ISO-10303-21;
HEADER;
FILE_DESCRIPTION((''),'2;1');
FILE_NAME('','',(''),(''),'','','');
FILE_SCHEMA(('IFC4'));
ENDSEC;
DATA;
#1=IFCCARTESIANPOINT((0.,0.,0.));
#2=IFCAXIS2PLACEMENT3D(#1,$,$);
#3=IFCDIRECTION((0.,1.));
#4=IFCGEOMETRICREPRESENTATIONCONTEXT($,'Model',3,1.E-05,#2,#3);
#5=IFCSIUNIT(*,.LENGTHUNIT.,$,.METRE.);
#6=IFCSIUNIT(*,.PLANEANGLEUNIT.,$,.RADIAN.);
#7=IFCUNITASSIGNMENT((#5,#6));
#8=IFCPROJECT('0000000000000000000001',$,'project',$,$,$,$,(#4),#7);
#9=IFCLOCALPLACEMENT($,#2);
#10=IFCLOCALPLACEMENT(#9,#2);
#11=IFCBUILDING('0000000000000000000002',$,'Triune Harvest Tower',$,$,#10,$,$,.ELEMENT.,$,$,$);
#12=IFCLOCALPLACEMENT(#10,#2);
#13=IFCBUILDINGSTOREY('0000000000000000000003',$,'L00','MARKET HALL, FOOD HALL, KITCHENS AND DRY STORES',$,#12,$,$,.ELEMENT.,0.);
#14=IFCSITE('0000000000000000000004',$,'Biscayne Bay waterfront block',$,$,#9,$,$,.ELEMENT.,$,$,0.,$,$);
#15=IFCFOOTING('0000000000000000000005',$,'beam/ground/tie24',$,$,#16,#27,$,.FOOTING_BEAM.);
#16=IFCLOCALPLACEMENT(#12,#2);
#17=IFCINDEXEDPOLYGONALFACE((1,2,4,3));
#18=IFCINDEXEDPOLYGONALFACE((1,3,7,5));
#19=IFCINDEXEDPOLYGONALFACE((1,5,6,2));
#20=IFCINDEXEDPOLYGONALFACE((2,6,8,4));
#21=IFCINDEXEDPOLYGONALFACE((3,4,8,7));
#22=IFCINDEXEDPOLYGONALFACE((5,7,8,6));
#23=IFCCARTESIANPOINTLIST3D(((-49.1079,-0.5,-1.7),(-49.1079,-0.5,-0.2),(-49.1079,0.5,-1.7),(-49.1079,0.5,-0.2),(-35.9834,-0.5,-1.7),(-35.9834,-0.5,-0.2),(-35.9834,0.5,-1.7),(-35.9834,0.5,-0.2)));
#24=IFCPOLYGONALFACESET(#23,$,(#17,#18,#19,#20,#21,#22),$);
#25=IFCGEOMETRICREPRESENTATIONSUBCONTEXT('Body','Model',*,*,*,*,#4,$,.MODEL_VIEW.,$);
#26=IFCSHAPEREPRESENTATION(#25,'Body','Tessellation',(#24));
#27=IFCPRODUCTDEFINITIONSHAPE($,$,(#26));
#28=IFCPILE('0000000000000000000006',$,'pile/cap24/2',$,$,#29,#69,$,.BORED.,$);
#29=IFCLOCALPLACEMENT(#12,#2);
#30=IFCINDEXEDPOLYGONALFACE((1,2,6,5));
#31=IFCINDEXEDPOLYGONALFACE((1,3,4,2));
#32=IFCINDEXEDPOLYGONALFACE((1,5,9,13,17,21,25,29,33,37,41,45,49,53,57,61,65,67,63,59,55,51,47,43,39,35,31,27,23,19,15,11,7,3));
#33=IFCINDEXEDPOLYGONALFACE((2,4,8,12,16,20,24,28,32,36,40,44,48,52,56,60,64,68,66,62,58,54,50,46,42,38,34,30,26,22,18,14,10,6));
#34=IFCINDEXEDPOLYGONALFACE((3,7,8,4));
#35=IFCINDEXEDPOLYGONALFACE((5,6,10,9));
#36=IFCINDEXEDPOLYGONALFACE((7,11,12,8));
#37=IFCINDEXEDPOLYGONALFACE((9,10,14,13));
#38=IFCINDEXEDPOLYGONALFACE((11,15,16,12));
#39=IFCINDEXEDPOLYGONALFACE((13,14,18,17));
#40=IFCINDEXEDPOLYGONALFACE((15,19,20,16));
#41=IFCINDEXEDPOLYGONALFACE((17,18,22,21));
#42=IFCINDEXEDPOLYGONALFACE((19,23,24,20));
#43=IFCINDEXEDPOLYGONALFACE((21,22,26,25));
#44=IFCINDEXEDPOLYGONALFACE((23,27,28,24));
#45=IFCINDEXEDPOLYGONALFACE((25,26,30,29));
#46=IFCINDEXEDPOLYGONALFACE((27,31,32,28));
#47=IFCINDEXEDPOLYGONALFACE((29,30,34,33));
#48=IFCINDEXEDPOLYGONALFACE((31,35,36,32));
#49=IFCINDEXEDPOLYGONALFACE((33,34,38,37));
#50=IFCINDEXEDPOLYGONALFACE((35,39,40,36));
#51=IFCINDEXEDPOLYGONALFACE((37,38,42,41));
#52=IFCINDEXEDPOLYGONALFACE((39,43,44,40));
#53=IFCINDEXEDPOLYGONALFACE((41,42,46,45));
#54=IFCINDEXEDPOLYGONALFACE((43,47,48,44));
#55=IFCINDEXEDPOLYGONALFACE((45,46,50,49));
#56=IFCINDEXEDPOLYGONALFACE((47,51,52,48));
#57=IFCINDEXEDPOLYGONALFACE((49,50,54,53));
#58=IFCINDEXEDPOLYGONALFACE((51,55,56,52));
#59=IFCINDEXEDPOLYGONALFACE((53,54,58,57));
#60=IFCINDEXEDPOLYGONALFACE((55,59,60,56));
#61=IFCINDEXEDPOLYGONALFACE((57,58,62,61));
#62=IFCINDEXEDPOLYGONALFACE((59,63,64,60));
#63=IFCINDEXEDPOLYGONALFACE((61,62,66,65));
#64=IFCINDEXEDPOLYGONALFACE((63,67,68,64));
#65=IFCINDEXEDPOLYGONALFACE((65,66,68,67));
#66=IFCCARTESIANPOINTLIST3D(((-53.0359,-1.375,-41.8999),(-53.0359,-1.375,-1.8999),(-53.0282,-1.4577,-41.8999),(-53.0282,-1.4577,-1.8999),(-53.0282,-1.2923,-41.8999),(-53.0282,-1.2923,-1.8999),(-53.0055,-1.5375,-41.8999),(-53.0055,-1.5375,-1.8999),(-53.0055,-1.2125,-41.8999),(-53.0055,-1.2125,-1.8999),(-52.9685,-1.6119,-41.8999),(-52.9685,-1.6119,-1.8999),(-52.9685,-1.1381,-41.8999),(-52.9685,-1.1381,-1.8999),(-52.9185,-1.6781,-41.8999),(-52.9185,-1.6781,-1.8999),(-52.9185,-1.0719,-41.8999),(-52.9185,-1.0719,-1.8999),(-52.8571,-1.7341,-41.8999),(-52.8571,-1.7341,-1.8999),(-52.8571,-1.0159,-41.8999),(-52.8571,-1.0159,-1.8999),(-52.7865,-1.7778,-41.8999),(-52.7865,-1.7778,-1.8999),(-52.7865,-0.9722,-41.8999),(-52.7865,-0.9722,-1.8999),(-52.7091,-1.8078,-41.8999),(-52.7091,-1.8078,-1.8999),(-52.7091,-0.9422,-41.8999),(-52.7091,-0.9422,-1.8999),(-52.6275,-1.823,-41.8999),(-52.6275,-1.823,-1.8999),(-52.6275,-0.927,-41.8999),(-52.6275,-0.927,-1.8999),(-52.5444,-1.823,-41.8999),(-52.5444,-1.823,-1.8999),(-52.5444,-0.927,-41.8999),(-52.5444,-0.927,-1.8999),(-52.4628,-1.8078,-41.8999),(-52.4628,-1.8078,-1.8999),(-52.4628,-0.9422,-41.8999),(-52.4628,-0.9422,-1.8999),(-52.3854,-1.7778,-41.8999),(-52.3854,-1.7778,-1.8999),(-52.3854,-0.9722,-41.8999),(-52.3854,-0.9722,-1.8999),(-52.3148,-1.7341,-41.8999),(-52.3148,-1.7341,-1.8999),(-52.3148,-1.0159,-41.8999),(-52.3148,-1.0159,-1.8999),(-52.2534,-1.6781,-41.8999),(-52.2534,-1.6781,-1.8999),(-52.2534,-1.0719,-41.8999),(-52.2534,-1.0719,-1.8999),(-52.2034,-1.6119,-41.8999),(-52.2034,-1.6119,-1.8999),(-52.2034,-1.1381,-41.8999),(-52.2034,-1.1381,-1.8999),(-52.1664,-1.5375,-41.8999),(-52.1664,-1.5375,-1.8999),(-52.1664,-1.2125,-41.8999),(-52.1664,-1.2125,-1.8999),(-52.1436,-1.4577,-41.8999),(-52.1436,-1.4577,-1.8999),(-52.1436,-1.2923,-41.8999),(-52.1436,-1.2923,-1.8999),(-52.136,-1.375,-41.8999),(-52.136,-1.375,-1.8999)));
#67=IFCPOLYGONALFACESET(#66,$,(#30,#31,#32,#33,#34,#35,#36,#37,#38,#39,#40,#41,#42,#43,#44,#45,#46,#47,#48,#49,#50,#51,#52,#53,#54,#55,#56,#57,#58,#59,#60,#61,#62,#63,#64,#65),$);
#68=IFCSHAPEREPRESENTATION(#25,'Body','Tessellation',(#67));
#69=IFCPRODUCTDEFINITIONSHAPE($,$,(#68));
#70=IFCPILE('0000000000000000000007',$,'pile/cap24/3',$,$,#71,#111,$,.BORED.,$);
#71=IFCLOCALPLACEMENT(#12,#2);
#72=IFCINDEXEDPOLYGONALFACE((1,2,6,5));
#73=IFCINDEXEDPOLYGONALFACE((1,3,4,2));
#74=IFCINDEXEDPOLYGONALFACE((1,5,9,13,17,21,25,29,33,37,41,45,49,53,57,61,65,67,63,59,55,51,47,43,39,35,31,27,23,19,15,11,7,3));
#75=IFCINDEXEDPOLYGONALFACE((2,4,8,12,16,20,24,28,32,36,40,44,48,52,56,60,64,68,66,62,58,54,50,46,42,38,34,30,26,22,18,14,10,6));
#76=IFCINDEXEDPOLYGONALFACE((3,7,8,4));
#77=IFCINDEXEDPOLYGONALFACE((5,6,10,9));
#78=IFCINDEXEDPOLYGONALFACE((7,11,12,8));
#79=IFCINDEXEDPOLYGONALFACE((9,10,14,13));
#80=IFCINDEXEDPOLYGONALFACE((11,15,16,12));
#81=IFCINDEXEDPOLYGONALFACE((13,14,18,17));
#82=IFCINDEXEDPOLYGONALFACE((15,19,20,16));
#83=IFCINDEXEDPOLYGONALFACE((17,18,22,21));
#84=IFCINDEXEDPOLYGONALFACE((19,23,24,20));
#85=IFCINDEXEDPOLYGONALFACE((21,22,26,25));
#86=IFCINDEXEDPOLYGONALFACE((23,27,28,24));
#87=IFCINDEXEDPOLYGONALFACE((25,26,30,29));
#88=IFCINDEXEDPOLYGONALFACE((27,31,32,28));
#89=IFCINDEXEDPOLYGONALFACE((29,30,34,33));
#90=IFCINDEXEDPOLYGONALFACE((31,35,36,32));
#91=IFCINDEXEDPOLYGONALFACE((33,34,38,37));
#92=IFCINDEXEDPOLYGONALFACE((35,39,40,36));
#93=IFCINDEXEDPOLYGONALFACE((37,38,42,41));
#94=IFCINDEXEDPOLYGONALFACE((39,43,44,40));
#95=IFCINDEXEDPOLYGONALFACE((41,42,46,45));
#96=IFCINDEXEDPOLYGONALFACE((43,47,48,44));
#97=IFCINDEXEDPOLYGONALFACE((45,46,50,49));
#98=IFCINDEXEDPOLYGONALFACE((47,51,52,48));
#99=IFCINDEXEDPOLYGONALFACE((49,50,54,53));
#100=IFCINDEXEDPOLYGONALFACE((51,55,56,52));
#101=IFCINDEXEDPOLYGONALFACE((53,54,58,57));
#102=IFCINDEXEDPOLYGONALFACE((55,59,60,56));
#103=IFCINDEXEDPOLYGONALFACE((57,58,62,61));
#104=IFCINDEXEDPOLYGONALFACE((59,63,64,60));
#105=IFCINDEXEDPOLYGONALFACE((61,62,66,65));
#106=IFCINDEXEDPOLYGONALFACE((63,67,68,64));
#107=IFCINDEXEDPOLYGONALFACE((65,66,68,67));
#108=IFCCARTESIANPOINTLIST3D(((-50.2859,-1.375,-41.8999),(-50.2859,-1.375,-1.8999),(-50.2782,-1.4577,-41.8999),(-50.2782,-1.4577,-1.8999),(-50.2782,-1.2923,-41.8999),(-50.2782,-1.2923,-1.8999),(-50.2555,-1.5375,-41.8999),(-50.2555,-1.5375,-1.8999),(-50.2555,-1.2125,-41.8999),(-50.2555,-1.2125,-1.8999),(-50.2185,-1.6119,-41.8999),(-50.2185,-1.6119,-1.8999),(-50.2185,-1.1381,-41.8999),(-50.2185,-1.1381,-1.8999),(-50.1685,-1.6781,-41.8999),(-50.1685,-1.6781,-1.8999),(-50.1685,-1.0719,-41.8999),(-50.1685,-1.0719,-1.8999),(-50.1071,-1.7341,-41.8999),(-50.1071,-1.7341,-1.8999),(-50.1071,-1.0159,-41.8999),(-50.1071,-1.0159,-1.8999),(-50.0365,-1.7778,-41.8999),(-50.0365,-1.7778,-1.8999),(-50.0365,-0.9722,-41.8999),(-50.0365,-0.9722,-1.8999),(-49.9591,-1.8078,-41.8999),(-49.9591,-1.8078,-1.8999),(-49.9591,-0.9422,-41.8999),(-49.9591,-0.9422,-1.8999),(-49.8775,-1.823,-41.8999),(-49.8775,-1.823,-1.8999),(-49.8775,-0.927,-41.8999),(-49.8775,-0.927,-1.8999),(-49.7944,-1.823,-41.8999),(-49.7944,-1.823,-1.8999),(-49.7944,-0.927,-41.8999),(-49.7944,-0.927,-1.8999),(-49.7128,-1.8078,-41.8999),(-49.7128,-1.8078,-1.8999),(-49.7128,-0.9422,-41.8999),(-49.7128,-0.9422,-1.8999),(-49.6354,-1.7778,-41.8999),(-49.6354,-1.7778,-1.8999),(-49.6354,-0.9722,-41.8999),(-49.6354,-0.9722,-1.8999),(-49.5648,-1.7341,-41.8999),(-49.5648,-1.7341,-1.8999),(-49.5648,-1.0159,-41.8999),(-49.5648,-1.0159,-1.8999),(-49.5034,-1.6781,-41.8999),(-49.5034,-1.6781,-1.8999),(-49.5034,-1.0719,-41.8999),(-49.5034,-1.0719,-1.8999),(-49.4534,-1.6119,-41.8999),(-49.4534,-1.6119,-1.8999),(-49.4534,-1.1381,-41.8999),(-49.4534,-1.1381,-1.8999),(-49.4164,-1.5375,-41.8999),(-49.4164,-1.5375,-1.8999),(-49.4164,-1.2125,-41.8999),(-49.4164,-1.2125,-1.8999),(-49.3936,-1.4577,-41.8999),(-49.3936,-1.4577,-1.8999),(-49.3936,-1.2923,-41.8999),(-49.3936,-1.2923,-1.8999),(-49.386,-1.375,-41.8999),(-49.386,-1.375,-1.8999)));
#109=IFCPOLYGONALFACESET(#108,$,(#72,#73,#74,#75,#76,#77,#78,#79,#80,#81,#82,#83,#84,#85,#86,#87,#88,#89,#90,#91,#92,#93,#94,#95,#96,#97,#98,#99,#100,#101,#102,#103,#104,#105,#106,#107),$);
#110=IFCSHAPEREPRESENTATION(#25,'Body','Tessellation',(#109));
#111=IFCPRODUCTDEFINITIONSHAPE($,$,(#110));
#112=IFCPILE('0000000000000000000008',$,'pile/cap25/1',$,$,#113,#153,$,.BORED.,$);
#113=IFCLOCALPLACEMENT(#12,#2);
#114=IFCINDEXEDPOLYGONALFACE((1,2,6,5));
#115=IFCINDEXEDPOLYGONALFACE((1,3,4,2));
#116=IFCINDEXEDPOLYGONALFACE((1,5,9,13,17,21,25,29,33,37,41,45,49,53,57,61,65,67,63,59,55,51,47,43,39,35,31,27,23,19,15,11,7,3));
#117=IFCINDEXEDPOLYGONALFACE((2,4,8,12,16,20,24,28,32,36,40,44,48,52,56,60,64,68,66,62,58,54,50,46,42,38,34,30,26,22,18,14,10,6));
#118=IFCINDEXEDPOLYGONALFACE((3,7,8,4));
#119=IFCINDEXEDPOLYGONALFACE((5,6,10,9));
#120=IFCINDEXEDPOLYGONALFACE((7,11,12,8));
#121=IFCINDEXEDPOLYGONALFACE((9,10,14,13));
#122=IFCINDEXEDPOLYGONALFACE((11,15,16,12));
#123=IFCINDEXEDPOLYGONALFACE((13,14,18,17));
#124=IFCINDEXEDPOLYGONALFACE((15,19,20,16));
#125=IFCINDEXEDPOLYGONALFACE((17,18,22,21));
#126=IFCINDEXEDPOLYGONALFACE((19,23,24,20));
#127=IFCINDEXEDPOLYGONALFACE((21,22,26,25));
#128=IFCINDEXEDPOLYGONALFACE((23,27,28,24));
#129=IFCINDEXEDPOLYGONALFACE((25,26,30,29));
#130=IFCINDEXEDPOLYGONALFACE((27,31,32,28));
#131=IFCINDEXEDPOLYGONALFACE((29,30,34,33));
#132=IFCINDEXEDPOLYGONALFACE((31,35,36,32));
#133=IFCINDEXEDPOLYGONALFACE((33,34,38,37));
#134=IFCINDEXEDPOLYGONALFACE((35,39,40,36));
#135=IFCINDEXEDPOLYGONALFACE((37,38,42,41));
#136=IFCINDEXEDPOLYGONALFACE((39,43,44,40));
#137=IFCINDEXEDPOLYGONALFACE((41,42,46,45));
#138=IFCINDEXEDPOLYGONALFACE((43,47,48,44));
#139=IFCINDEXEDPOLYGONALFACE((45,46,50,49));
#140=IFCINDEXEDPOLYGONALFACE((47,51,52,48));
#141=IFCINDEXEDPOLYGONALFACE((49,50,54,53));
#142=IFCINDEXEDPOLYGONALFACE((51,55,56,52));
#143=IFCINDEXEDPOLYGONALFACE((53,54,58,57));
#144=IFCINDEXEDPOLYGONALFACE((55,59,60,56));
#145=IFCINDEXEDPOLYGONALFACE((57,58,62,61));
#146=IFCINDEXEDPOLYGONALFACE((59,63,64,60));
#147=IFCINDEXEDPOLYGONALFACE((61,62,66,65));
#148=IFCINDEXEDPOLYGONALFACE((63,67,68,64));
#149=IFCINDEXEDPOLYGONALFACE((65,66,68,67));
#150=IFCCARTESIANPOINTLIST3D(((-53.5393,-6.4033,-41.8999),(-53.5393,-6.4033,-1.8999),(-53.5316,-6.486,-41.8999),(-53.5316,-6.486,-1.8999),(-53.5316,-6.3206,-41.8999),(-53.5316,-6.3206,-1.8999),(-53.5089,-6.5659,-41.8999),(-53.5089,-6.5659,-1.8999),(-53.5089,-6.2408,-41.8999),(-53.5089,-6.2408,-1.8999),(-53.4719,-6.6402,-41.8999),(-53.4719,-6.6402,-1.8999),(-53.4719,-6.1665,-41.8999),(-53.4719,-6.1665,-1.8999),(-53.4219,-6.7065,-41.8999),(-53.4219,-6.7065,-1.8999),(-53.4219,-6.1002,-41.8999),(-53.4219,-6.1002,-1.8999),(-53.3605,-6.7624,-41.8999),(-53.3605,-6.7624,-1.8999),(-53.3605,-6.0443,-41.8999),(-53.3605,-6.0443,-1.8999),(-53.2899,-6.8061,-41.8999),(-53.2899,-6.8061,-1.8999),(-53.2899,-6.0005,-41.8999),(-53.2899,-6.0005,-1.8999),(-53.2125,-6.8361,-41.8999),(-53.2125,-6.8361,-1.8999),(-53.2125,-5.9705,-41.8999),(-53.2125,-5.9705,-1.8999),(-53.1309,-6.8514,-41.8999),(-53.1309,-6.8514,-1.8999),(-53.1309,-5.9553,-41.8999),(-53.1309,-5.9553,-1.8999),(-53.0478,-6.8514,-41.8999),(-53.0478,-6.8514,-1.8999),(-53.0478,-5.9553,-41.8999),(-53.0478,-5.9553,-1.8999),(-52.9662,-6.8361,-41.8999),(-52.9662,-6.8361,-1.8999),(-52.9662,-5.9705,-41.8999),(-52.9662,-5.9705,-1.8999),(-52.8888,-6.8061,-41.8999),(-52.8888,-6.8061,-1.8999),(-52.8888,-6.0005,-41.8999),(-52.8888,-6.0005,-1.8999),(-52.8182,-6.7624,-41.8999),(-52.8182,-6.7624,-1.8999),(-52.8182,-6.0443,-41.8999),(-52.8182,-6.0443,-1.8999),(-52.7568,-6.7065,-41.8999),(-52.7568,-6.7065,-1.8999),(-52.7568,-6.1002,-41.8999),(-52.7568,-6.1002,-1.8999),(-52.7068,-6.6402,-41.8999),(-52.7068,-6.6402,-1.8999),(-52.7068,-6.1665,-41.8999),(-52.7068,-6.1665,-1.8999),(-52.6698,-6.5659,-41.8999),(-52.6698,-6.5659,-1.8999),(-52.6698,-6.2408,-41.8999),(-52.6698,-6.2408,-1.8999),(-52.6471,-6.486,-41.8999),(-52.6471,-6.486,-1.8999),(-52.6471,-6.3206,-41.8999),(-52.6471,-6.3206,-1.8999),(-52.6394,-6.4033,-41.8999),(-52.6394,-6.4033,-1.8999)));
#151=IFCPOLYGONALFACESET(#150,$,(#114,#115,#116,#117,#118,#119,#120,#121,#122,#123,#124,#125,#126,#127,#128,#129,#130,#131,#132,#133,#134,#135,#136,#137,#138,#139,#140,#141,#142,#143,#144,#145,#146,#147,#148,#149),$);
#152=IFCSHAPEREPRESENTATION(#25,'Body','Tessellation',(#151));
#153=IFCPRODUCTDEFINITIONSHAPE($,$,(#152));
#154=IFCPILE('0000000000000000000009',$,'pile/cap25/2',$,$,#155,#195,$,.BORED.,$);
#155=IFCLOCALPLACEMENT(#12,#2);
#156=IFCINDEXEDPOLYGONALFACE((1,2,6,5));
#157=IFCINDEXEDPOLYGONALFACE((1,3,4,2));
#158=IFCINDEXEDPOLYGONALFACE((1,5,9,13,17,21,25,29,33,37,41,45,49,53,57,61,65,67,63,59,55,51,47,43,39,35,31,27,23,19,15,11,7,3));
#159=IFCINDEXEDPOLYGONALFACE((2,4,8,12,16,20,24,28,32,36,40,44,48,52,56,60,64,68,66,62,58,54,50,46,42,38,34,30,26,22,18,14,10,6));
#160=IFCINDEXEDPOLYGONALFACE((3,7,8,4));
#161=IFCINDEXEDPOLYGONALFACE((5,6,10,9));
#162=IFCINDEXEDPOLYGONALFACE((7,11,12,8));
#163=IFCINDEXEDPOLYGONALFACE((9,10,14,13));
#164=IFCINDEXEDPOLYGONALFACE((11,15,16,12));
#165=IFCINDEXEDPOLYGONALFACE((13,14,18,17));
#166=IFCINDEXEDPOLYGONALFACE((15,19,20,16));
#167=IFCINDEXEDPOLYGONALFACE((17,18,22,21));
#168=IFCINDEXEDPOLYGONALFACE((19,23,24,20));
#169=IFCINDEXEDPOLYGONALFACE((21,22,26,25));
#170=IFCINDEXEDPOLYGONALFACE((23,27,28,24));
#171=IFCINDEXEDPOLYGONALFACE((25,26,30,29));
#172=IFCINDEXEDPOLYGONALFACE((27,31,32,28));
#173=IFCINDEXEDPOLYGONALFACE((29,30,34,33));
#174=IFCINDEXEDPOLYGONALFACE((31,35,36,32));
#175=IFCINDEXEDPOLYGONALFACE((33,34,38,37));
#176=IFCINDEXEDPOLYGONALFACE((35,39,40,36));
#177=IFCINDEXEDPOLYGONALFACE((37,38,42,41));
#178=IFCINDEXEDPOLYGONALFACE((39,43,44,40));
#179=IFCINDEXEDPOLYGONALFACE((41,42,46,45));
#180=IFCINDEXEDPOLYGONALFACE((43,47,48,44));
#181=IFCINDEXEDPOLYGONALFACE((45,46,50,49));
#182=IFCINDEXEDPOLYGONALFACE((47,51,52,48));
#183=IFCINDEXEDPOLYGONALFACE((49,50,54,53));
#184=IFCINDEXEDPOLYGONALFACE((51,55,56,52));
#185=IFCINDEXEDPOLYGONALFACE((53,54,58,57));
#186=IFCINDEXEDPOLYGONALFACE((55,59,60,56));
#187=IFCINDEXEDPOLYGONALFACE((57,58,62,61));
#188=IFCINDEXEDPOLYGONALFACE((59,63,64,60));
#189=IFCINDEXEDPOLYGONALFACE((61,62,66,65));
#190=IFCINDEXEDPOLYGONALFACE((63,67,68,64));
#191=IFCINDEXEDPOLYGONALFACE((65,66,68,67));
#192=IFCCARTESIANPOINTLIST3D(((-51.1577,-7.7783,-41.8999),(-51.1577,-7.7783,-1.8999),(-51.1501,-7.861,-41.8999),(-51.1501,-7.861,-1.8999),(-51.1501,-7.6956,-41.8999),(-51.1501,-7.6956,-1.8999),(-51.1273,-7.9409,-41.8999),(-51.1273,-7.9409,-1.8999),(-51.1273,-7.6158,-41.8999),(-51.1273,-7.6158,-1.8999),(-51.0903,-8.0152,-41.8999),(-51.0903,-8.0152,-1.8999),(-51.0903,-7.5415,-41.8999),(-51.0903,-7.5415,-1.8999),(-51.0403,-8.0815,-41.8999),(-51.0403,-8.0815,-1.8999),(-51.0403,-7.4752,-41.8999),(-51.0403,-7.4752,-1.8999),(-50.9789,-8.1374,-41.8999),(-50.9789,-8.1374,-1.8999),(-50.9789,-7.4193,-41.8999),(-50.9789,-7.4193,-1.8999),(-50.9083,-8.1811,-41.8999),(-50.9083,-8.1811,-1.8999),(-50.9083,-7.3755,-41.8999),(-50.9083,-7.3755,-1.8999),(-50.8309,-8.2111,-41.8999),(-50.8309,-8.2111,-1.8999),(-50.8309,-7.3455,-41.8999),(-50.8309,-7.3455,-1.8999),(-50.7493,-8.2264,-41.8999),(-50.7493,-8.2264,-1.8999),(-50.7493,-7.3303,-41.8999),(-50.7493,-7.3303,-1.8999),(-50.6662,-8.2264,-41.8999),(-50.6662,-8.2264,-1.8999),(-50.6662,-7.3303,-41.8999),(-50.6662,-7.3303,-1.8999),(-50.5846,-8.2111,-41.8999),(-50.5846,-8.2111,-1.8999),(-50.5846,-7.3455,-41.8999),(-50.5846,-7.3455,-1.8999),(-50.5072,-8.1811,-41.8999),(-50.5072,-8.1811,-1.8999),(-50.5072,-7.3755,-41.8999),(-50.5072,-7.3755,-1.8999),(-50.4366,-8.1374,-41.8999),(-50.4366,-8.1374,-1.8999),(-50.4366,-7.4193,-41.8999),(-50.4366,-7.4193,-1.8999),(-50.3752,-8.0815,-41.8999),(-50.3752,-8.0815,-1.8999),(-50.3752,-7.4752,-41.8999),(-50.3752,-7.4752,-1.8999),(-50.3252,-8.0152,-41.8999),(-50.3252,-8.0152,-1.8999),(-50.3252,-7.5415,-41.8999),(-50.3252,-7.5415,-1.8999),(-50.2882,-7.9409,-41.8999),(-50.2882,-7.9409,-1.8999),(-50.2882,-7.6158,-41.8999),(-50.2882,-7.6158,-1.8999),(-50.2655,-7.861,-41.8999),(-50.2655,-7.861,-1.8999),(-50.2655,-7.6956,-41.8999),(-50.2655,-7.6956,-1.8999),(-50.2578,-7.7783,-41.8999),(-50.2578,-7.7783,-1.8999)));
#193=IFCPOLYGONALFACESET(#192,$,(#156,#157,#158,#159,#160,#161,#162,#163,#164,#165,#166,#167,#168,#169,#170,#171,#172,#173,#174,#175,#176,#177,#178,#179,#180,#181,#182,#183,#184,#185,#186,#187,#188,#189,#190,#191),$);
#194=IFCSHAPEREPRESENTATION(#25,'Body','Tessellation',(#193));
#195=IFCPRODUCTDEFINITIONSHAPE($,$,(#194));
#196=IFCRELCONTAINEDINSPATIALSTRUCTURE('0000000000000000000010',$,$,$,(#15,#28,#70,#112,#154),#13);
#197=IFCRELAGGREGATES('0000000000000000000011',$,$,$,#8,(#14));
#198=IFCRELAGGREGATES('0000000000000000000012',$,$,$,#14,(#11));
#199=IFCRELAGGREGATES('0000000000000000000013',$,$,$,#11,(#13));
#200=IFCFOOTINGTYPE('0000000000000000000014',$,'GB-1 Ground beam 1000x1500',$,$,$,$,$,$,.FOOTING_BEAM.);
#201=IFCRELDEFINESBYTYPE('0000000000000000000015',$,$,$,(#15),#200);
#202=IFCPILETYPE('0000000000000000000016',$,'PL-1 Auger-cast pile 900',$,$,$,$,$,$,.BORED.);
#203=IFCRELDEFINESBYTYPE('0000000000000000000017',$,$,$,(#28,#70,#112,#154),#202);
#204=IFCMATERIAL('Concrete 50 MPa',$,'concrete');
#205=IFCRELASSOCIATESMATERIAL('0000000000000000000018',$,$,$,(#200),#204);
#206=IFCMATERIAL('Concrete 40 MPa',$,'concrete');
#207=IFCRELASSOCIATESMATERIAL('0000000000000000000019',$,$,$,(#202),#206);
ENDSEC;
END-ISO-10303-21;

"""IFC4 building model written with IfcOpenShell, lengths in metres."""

from ifc_helpers import new_model, si_unit, direction, frame, origin, origin_2d, place, context, subcontext, project, spatial, rectangle, circle, extrude, source, transform, mapped, material, material_profile, profile_set, type_object, element, save


model = new_model("IFC4")

# Units and contexts
model_context = context("Model", 3, precision=1e-05, world=origin(), true_north=direction((0.0, 1.0)))
body_context = subcontext(model_context, "Body", "Model", "MODEL_VIEW")
ifc_project = project(units=[si_unit("LENGTHUNIT", "METRE"), si_unit("PLANEANGLEUNIT", "RADIAN")], contexts=[model_context])

# Site, building, storey
site_placement = place(None, origin())
site = spatial("IfcSite", under=ifc_project, at=site_placement, Name="Biscayne Bay waterfront block", CompositionType="ELEMENT", RefElevation=0.0)
building_placement = place(site_placement, origin())
building = spatial("IfcBuilding", under=site, at=building_placement, Name="Triune Harvest Tower", CompositionType="ELEMENT")
storey_placement = place(building_placement, origin())
storey = spatial("IfcBuildingStorey", under=building, at=storey_placement, Name="L00", Description="MARKET HALL, FOOD HALL, KITCHENS AND DRY STORES", CompositionType="ELEMENT", Elevation=0.0)

# Footing
ifc_material_1 = material(Name="Concrete 50 MPa", Category="concrete")
ifc_material_profile_1 = material_profile(ifc_material_1, rectangle(XDim=1.0, YDim=1.5, at=origin_2d()), Name="Concrete 1000x1500")
ifc_profile_set_1 = profile_set([ifc_material_profile_1], Name="Concrete 50 MPa")
footing_type_1 = type_object("IfcFootingType", Name="GB-1 Ground beam 1000x1500", PredefinedType="FOOTING_BEAM", material=ifc_profile_set_1)
footing_1_placement = place(storey_placement, frame((-49.1079, 0.0, -0.95), z_axis=(1.0, 0.0, 0.0), x_axis=(0.0, 1.0, 0.0)))
element("IfcFooting", 1, at=footing_1_placement, inside=storey, type_object=footing_type_1, Name="beam/ground/tie24", PredefinedType="FOOTING_BEAM", context=body_context, shape_type="SweptSolid", body=[
    extrude(rectangle(XDim=1.0, YDim=1.5, at=origin_2d()), origin(), (0.0, 0.0, 1.0), 13.1245),
])

# Piles
ifc_material_2 = material(Name="Concrete 40 MPa", Category="concrete")
ifc_material_profile_2 = material_profile(ifc_material_2, circle(Radius=0.45, at=origin_2d()), Name="Bored 900")
ifc_profile_set_2 = profile_set([ifc_material_profile_2], Name="Concrete 40 MPa")
pile_type = type_object("IfcPileType", Name="PL-1 Auger-cast pile 900", PredefinedType="BORED", material=ifc_profile_set_2)
shared_shape_1 = source(origin(), body_context, "Body", "SweptSolid", [
    extrude(circle(Radius=0.45, at=origin_2d()), origin(), (0.0, 0.0, 1.0), 40.0),
])
for number, where, z_axis, x_axis, name in (
    (2, (-52.5859, -1.375, -1.8999), (0.0, 0.0, -1.0), (1.0, 0.0, 0.0), "pile/cap24/2"),
    (3, (-49.8359, -1.375, -1.8999), (0.0, 0.0, -1.0), (1.0, 0.0, 0.0), "pile/cap24/3"),
    (4, (-53.0894, -6.4033, -1.8999), (0.0, 0.0, -1.0), (1.0, 0.0, 0.0), "pile/cap25/1"),
    (5, (-50.7078, -7.7783, -1.8999), (0.0, 0.0, -1.0), (1.0, 0.0, 0.0), "pile/cap25/2"),
):
    element("IfcPile", number, at=place(storey_placement, frame(where, z_axis=z_axis, x_axis=x_axis)), inside=storey, type_object=pile_type, Name=name, PredefinedType="BORED", context=body_context, shape_type="MappedRepresentation", body=[
        mapped(shared_shape_1, transform((0.0, 0.0, 0.0), scale=1.0)),
    ])

save(model, "model.ifc")
